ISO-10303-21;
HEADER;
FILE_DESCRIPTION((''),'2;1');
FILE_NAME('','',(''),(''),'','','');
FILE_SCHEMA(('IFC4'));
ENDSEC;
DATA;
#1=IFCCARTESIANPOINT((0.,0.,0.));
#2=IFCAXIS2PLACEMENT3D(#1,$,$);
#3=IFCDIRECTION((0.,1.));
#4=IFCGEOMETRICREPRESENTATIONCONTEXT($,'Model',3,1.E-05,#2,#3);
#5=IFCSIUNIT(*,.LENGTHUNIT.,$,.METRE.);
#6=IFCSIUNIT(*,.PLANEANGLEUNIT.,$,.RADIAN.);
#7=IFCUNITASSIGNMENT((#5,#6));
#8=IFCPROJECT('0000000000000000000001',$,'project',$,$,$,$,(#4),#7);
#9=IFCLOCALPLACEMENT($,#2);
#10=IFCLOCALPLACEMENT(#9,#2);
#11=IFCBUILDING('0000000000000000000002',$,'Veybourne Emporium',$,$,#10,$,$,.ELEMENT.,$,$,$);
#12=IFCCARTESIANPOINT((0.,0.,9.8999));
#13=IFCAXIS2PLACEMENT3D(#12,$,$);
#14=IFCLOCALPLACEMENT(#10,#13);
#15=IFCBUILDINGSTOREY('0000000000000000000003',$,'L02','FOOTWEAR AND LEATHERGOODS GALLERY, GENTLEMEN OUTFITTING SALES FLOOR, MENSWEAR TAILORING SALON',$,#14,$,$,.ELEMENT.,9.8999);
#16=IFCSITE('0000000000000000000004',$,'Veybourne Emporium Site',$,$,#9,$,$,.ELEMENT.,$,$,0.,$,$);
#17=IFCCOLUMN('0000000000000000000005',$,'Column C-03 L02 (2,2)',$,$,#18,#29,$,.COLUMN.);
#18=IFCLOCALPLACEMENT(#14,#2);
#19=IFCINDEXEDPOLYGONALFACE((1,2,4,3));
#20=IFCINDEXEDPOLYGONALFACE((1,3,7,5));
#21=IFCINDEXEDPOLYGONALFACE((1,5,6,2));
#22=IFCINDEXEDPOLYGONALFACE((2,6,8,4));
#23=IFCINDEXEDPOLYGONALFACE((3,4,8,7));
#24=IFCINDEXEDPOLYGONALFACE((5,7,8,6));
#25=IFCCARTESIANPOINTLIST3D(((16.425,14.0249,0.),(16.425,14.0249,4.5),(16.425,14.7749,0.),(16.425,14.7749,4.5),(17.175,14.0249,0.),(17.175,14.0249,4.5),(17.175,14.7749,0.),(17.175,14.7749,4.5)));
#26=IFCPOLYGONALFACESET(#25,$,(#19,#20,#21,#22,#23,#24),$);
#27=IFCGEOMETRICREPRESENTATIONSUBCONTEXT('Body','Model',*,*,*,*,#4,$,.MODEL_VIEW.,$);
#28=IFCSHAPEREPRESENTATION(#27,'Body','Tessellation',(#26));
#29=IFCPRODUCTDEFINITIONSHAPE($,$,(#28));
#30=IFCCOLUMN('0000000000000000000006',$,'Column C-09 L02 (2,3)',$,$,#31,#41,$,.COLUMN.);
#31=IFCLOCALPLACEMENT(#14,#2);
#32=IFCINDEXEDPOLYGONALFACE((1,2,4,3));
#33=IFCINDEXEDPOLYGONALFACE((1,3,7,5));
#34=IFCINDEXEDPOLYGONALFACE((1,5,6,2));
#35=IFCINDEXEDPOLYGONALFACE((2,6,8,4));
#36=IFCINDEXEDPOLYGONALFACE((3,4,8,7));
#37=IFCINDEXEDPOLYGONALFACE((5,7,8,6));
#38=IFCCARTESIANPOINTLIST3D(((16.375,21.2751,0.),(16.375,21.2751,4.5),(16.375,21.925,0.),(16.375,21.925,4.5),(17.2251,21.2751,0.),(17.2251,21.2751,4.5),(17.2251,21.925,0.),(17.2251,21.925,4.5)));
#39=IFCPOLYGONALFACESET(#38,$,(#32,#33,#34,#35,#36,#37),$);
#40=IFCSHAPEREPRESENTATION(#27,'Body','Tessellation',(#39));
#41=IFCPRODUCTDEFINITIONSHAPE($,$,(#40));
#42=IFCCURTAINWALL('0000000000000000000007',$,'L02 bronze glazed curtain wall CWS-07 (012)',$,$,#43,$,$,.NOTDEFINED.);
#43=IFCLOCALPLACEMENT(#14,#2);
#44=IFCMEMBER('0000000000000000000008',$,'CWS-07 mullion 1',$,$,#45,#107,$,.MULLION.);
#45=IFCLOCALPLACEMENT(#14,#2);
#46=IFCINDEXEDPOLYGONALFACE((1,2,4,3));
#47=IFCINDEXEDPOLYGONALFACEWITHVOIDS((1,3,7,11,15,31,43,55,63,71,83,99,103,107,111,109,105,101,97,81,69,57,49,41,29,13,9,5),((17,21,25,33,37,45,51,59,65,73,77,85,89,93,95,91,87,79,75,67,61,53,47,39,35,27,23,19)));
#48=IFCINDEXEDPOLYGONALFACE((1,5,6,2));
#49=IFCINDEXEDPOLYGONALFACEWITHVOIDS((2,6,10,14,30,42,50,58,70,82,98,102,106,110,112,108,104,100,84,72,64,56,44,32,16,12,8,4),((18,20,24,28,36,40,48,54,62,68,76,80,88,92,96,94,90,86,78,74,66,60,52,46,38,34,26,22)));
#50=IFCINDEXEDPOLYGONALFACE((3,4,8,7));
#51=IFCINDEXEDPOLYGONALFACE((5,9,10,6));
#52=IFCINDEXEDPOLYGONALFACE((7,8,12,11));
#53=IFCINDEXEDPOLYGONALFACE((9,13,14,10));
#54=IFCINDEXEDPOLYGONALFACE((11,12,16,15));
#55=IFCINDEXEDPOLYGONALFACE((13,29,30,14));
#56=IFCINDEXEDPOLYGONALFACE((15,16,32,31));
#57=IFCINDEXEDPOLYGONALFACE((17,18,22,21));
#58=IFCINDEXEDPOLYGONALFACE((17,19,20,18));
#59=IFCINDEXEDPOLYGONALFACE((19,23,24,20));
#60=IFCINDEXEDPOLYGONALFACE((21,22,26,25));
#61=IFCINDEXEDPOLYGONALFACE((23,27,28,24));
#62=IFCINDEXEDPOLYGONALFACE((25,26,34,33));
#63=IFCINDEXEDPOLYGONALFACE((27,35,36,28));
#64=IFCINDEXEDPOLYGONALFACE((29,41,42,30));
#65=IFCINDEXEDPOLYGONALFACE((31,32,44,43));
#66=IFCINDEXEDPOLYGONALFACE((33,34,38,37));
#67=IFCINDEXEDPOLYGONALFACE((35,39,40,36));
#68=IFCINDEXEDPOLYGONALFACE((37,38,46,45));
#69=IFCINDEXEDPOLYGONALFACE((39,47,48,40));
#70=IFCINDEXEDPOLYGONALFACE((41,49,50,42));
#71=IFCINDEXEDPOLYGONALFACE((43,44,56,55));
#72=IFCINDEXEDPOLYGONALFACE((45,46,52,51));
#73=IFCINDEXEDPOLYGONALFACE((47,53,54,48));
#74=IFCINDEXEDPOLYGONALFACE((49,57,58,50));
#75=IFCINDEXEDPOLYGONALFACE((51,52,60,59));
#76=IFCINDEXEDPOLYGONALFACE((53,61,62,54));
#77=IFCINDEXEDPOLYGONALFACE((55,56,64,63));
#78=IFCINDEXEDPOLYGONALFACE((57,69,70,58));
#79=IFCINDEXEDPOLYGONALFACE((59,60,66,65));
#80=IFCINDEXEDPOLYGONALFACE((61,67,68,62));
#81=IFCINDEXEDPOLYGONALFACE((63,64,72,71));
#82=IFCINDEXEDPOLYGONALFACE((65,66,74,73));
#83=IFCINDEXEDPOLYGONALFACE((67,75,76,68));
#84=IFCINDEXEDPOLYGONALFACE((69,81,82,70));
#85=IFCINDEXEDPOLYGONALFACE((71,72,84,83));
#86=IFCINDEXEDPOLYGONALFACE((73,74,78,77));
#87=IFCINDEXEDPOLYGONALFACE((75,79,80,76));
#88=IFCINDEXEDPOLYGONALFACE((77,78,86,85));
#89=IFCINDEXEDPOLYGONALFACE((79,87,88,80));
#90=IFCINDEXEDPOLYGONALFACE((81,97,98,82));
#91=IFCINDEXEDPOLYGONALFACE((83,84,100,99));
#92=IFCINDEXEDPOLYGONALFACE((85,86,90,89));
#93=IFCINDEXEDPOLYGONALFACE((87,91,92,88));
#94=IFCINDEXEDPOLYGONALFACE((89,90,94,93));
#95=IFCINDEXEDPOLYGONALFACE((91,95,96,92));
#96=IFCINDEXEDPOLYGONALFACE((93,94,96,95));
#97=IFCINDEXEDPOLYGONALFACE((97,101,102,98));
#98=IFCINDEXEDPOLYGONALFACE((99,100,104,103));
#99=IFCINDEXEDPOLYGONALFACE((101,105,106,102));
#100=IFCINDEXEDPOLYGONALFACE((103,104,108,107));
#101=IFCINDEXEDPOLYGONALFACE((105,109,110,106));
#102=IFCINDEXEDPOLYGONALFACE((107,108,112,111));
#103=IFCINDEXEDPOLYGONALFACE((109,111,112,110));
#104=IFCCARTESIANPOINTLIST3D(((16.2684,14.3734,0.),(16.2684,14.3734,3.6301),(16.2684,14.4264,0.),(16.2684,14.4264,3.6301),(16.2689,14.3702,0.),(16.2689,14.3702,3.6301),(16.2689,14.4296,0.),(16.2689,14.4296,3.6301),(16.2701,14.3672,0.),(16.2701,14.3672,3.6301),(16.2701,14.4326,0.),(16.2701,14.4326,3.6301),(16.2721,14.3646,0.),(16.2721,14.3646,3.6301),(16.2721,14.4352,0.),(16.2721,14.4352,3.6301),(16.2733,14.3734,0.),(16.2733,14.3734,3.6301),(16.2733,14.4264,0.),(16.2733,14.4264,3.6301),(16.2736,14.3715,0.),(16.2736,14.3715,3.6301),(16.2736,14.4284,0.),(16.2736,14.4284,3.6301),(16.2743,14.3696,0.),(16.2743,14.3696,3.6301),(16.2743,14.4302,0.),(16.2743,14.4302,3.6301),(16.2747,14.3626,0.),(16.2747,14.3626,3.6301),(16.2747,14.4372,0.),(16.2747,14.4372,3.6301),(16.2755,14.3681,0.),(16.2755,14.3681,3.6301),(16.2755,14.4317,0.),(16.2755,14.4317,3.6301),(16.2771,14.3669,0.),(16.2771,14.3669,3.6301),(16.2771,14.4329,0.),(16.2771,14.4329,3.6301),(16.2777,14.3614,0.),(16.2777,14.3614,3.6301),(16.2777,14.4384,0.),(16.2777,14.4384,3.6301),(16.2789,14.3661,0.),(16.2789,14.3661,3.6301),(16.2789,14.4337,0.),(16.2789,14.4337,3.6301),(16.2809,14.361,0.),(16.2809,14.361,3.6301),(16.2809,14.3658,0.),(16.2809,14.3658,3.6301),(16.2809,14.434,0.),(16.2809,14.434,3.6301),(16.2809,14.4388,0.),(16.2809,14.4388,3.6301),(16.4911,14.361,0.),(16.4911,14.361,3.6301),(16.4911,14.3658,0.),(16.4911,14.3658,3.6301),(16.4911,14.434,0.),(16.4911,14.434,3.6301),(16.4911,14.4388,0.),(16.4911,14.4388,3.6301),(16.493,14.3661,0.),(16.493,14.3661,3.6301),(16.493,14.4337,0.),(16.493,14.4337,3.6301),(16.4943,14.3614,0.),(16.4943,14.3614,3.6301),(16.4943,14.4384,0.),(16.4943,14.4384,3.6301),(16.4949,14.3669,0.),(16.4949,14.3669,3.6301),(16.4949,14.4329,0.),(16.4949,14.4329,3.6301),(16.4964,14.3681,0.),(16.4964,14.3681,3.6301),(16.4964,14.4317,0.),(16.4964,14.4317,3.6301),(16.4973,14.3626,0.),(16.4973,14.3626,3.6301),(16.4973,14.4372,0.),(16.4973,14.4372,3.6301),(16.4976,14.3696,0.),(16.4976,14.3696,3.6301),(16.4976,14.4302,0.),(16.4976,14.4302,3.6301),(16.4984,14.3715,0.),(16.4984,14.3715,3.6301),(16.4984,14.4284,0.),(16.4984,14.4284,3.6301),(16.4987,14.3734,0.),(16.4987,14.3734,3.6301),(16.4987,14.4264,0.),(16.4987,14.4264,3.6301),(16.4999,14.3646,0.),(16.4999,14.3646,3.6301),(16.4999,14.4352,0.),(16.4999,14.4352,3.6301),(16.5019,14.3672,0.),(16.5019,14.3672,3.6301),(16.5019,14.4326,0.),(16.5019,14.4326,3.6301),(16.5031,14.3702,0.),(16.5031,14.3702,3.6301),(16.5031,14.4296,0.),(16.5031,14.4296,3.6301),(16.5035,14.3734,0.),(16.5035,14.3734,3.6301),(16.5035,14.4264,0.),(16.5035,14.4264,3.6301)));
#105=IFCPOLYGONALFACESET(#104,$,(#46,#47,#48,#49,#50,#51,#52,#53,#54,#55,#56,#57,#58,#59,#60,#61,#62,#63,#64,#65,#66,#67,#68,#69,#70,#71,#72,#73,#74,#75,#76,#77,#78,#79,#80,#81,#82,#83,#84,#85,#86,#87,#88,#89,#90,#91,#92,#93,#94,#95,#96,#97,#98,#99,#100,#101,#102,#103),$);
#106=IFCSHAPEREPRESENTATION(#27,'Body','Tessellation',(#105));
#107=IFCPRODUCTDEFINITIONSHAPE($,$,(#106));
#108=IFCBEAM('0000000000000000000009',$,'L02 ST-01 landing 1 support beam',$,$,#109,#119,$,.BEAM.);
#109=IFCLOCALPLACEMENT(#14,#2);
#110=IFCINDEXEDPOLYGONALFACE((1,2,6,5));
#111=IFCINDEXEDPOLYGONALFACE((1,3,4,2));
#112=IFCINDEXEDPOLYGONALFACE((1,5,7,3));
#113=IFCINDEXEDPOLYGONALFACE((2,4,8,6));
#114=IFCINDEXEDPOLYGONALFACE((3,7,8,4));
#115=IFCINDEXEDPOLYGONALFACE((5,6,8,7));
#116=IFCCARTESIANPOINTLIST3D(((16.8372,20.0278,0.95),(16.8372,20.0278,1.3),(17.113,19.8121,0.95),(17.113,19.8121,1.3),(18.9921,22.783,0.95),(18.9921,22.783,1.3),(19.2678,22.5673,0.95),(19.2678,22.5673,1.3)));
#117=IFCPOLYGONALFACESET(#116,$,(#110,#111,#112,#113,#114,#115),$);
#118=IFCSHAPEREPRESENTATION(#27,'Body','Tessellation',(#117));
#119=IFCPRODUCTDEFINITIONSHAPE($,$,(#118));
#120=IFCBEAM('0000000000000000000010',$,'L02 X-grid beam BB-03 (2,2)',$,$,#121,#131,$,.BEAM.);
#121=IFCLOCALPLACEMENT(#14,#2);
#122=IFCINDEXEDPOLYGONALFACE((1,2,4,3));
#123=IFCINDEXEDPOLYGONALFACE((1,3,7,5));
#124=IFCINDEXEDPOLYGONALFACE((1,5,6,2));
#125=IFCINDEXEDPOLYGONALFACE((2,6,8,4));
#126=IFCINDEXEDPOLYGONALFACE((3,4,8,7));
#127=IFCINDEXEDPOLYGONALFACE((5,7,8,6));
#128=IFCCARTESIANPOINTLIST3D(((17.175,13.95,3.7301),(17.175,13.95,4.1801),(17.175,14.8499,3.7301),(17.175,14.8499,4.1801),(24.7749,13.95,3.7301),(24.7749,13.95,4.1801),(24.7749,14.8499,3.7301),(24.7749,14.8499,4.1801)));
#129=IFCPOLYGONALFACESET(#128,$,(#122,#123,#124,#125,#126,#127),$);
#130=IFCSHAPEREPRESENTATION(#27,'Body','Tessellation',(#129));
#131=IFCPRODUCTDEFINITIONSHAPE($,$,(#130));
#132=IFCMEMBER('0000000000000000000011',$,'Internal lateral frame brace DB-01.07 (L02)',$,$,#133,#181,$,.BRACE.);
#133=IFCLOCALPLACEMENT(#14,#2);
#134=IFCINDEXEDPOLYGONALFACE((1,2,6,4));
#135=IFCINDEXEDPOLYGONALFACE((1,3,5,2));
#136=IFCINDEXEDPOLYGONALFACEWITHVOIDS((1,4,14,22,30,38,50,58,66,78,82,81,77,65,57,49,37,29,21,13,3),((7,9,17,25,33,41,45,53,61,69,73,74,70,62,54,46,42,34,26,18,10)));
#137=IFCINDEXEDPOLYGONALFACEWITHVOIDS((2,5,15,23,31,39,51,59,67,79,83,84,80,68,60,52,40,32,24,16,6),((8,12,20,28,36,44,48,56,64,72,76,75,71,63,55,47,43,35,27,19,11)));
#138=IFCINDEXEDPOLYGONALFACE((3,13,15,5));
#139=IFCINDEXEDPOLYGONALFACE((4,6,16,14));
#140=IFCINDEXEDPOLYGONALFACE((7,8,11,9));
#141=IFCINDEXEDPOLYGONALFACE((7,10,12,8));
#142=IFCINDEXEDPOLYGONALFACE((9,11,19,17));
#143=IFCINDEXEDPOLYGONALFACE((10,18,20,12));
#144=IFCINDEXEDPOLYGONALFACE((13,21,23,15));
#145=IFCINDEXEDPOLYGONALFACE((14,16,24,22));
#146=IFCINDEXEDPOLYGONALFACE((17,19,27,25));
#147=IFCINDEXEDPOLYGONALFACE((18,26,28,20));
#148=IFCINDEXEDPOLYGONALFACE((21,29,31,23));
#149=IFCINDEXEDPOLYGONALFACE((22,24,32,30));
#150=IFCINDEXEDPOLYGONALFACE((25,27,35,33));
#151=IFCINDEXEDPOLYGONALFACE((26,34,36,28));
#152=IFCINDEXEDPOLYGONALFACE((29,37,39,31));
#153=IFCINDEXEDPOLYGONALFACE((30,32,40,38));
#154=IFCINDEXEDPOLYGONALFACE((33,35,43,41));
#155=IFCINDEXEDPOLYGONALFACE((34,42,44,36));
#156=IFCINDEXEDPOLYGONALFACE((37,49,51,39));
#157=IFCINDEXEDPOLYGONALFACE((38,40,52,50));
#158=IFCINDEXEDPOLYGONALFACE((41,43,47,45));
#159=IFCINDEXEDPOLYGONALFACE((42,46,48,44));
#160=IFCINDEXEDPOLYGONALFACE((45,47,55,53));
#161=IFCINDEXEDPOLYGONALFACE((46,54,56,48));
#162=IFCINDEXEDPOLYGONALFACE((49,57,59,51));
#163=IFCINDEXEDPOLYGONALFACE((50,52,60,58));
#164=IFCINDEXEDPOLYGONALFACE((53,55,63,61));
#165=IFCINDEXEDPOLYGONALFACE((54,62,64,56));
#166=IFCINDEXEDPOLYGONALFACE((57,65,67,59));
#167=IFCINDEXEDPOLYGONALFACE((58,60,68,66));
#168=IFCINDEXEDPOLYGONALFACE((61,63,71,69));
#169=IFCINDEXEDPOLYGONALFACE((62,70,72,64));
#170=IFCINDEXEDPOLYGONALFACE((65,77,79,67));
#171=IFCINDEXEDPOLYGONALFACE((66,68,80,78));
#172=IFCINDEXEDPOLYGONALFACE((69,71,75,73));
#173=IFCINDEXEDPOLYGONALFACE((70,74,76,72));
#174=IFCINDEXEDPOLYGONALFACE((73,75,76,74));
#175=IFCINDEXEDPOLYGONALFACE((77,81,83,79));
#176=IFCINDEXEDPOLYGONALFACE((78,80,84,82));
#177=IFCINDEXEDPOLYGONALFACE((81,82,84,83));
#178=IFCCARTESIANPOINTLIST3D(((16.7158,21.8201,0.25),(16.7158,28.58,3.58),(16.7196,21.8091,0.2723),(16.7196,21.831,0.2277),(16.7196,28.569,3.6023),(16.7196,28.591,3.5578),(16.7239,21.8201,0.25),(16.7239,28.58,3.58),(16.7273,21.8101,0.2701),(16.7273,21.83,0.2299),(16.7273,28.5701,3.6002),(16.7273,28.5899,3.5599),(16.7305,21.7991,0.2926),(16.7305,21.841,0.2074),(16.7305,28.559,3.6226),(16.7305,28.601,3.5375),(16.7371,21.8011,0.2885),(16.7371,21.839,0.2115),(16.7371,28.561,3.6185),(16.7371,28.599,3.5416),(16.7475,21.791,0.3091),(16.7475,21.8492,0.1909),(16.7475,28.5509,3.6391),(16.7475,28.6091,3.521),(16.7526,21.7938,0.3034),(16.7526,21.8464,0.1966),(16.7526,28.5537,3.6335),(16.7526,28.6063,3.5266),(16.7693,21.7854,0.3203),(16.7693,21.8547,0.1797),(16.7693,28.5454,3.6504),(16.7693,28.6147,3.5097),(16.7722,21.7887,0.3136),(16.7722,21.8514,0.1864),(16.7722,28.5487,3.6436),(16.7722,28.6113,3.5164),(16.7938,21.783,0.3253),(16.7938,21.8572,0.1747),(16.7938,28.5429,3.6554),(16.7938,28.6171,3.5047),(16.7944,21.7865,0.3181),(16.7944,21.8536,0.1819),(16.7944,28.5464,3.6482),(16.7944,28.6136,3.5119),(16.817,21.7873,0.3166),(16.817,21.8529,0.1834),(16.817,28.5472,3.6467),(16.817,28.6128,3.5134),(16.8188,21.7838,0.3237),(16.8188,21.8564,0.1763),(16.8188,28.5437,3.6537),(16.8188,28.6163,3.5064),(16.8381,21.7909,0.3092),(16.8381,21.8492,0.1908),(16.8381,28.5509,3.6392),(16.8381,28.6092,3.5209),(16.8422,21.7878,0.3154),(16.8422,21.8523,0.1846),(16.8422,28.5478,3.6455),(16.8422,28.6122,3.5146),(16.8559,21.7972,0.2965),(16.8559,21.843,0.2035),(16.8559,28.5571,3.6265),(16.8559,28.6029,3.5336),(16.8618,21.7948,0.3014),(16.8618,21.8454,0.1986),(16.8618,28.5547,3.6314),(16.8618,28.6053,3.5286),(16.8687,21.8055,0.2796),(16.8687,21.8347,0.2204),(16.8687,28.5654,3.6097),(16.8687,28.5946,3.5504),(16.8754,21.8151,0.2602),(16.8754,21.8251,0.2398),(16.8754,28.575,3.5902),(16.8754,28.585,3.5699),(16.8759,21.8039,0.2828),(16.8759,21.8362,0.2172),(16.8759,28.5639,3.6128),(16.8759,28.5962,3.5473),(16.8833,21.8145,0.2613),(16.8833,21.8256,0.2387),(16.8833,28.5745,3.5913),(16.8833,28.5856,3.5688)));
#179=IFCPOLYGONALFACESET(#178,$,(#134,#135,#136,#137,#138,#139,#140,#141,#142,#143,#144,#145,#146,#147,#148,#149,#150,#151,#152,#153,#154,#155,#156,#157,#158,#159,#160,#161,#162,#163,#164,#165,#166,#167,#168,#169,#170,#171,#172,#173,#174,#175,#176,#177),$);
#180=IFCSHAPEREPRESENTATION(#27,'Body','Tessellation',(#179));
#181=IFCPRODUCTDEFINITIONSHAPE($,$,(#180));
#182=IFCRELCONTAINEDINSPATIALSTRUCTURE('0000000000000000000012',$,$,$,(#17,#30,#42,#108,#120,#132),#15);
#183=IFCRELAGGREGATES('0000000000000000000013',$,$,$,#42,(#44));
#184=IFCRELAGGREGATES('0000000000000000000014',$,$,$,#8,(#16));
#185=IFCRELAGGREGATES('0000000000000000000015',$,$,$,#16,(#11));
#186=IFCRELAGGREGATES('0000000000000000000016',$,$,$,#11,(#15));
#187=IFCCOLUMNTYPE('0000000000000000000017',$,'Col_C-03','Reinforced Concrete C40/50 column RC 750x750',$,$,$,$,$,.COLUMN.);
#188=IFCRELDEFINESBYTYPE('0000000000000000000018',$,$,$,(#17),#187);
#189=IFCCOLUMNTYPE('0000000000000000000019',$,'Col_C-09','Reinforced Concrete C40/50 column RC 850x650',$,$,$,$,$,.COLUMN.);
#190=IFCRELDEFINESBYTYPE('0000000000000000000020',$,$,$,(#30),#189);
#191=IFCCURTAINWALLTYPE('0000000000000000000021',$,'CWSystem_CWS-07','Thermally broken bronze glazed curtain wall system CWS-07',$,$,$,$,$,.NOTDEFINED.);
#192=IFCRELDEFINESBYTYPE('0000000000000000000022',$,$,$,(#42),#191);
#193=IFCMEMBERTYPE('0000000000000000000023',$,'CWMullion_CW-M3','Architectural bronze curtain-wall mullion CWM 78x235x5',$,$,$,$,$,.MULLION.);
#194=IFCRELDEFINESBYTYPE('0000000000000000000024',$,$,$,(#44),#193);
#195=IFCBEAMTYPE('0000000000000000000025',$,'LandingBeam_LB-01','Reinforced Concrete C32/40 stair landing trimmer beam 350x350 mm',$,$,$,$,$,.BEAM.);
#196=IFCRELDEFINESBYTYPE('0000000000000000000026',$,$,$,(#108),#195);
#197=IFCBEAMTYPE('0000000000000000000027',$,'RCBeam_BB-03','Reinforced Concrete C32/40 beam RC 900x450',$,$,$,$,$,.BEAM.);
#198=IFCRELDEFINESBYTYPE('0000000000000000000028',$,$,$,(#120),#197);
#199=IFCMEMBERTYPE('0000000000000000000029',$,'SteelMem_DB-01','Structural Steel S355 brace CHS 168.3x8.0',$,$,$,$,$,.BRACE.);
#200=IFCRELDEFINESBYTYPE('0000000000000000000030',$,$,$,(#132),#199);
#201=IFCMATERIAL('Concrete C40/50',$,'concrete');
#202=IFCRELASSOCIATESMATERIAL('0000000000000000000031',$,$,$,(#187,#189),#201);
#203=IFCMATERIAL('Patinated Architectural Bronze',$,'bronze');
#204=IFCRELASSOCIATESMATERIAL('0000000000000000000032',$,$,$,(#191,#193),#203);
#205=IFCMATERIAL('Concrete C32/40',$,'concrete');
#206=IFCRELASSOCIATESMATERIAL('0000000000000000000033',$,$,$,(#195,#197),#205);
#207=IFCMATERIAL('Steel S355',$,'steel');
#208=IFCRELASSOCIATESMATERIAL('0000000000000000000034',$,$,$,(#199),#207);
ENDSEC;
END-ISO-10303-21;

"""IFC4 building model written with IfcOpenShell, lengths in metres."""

from ifc_helpers import new_model, si_unit, direction, frame, origin, origin_2d, place, context, subcontext, project, spatial, rectangle, hollow_rectangle, hollow_circle, extrude, material, material_profile, profile_set, type_object, element, aggregate, save


model = new_model("IFC4")

# Units and contexts
model_context = context("Model", 3, precision=1e-05, world=origin(), true_north=direction((0.0, 1.0)))
body_context = subcontext(model_context, "Body", "Model", "MODEL_VIEW")
ifc_project = project(units=[si_unit("LENGTHUNIT", "METRE"), si_unit("PLANEANGLEUNIT", "RADIAN")], contexts=[model_context])

# Site, building, storey
site_placement = place(None, origin())
site = spatial("IfcSite", under=ifc_project, at=site_placement, Name="Veybourne Emporium Site", CompositionType="ELEMENT", RefElevation=0.0)
building_placement = place(site_placement, origin())
building = spatial("IfcBuilding", under=site, at=building_placement, Name="Veybourne Emporium", CompositionType="ELEMENT")
storey_placement = place(building_placement, frame((0.0, 0.0, 9.8999)))
storey = spatial("IfcBuildingStorey", under=building, at=storey_placement, Name="L02", Description="FOOTWEAR AND LEATHERGOODS GALLERY, GENTLEMEN OUTFITTING SALES FLOOR, MENSWEAR TAILORING SALON", CompositionType="ELEMENT", Elevation=9.8999)

# Columns
ifc_material_1 = material(Name="Concrete C40/50", Category="concrete")
ifc_material_profile_1 = material_profile(ifc_material_1, rectangle(XDim=0.75, YDim=0.75, at=origin_2d()), Name="RC 750x750")
ifc_profile_set_1 = profile_set([ifc_material_profile_1], Name="Concrete C40/50")
column_type_1 = type_object("IfcColumnType", Name="Col_C-03", Description="Reinforced Concrete C40/50 column RC 750x750", PredefinedType="COLUMN", material=ifc_profile_set_1)
column_1_placement = place(storey_placement, frame((16.8, 14.3999, 0.0), z_axis=(0.0, 0.0, 1.0), x_axis=(1.0, 0.0, 0.0)))
element("IfcColumn", 1, at=column_1_placement, inside=storey, type_object=column_type_1, Name="Column C-03 L02 (2,2)", PredefinedType="COLUMN", context=body_context, shape_type="SweptSolid", body=[
    extrude(rectangle(XDim=0.75, YDim=0.75, at=origin_2d()), origin(), (0.0, 0.0, 1.0), 4.5),
])
ifc_material_profile_2 = material_profile(ifc_material_1, rectangle(XDim=0.8501, YDim=0.6499, at=origin_2d()), Name="RC 850x650")
ifc_profile_set_2 = profile_set([ifc_material_profile_2], Name="Concrete C40/50")
column_type_2 = type_object("IfcColumnType", Name="Col_C-09", Description="Reinforced Concrete C40/50 column RC 850x650", PredefinedType="COLUMN", material=ifc_profile_set_2)
column_2_placement = place(storey_placement, frame((16.8, 21.6001, 0.0), z_axis=(0.0, 0.0, 1.0), x_axis=(1.0, 0.0, 0.0)))
element("IfcColumn", 2, at=column_2_placement, inside=storey, type_object=column_type_2, Name="Column C-09 L02 (2,3)", PredefinedType="COLUMN", context=body_context, shape_type="SweptSolid", body=[
    extrude(rectangle(XDim=0.8501, YDim=0.6499, at=origin_2d()), origin(), (0.0, 0.0, 1.0), 4.5),
])

# Curtain wall, member
ifc_material_2 = material(Name="Patinated Architectural Bronze", Category="bronze")
curtain_wall_type = type_object("IfcCurtainWallType", Name="CWSystem_CWS-07", Description="Thermally broken bronze glazed curtain wall system CWS-07", PredefinedType="NOTDEFINED", material=ifc_material_2)
curtain_wall_placement = place(storey_placement, origin())
curtain_wall = element("IfcCurtainWall", 3, at=curtain_wall_placement, inside=storey, type_object=curtain_wall_type, Name="L02 bronze glazed curtain wall CWS-07 (012)", PredefinedType="NOTDEFINED")
ifc_material_profile_3 = material_profile(ifc_material_2, hollow_rectangle(XDim=0.0779, YDim=0.2351, WallThickness=0.0049, InnerFilletRadius=0.0076, OuterFilletRadius=0.0125, at=origin_2d()), Name="CWM 78x235x5")
ifc_profile_set_3 = profile_set([ifc_material_profile_3], Name="Patinated Architectural Bronze")
member_type_1 = type_object("IfcMemberType", Name="CWMullion_CW-M3", Description="Architectural bronze curtain-wall mullion CWM 78x235x5", PredefinedType="MULLION", material=ifc_profile_set_3)
member_1_placement = place(storey_placement, frame((16.386, 14.3999, 0.0), z_axis=(0.0, 0.0, 1.0), x_axis=(0.0, -1.0, 0.0)))
member_1 = element("IfcMember", 4, at=member_1_placement, type_object=member_type_1, Name="CWS-07 mullion 1", PredefinedType="MULLION", context=body_context, shape_type="SweptSolid", body=[
    extrude(hollow_rectangle(XDim=0.0779, YDim=0.2351, WallThickness=0.0049, InnerFilletRadius=0.0076, OuterFilletRadius=0.0125, at=origin_2d()), origin(), (0.0, 0.0, 1.0), 3.6301),
])
aggregate(curtain_wall, [member_1])

# Beams
ifc_material_3 = material(Name="Concrete C32/40", Category="concrete")
ifc_material_profile_4 = material_profile(ifc_material_3, rectangle(XDim=0.3501, YDim=0.3501, at=origin_2d()), Name="RC 350x350")
ifc_profile_set_4 = profile_set([ifc_material_profile_4], Name="Concrete C32/40")
beam_type_1 = type_object("IfcBeamType", Name="LandingBeam_LB-01", Description="Reinforced Concrete C32/40 stair landing trimmer beam 350x350 mm", PredefinedType="BEAM", material=ifc_profile_set_4)
beam_1_placement = place(storey_placement, frame((16.9751, 19.9199, 1.125), z_axis=(0.61606, 0.787699, 0.0), x_axis=(-0.787699, 0.61606, 0.0)))
element("IfcBeam", 5, at=beam_1_placement, inside=storey, type_object=beam_type_1, Name="L02 ST-01 landing 1 support beam", PredefinedType="BEAM", context=body_context, shape_type="SweptSolid", body=[
    extrude(rectangle(XDim=0.3501, YDim=0.3501, at=origin_2d()), origin(), (0.0, 0.0, 1.0), 3.4978),
])
ifc_material_profile_5 = material_profile(ifc_material_3, rectangle(XDim=0.8999, YDim=0.45, at=origin_2d()), Name="RC 900x450")
ifc_profile_set_5 = profile_set([ifc_material_profile_5], Name="Concrete C32/40")
beam_type_2 = type_object("IfcBeamType", Name="RCBeam_BB-03", Description="Reinforced Concrete C32/40 beam RC 900x450", PredefinedType="BEAM", material=ifc_profile_set_5)
beam_2_placement = place(storey_placement, frame((17.175, 14.3999, 3.9551), z_axis=(1.0, 0.0, 0.0), x_axis=(0.0, 1.0, 0.0)))
element("IfcBeam", 6, at=beam_2_placement, inside=storey, type_object=beam_type_2, Name="L02 X-grid beam BB-03 (2,2)", PredefinedType="BEAM", context=body_context, shape_type="SweptSolid", body=[
    extrude(rectangle(XDim=0.8999, YDim=0.45, at=origin_2d()), origin(), (0.0, 0.0, 1.0), 7.5999),
])

# Member
ifc_material_4 = material(Name="Steel S355", Category="steel")
ifc_material_profile_6 = material_profile(ifc_material_4, hollow_circle(Radius=0.0842, WallThickness=0.0081, at=origin_2d()), Name="CHS 168.3x8.0")
ifc_profile_set_6 = profile_set([ifc_material_profile_6], Name="Steel S355")
member_type_2 = type_object("IfcMemberType", Name="SteelMem_DB-01", Description="Structural Steel S355 brace CHS 168.3x8.0", PredefinedType="BRACE", material=ifc_profile_set_6)
member_2_placement = place(storey_placement, frame((16.8, 21.8201, 0.25), z_axis=(0.0, 0.897062, 0.441905), x_axis=(-1.0, 0.0, 0.0)))
element("IfcMember", 7, at=member_2_placement, inside=storey, type_object=member_type_2, Name="Internal lateral frame brace DB-01.07 (L02)", PredefinedType="BRACE", context=body_context, shape_type="SweptSolid", body=[
    extrude(hollow_circle(Radius=0.0842, WallThickness=0.0081, at=origin_2d()), origin(), (0.0, 0.0, 1.0), 7.5356),
])

save(model, "model.ifc")
